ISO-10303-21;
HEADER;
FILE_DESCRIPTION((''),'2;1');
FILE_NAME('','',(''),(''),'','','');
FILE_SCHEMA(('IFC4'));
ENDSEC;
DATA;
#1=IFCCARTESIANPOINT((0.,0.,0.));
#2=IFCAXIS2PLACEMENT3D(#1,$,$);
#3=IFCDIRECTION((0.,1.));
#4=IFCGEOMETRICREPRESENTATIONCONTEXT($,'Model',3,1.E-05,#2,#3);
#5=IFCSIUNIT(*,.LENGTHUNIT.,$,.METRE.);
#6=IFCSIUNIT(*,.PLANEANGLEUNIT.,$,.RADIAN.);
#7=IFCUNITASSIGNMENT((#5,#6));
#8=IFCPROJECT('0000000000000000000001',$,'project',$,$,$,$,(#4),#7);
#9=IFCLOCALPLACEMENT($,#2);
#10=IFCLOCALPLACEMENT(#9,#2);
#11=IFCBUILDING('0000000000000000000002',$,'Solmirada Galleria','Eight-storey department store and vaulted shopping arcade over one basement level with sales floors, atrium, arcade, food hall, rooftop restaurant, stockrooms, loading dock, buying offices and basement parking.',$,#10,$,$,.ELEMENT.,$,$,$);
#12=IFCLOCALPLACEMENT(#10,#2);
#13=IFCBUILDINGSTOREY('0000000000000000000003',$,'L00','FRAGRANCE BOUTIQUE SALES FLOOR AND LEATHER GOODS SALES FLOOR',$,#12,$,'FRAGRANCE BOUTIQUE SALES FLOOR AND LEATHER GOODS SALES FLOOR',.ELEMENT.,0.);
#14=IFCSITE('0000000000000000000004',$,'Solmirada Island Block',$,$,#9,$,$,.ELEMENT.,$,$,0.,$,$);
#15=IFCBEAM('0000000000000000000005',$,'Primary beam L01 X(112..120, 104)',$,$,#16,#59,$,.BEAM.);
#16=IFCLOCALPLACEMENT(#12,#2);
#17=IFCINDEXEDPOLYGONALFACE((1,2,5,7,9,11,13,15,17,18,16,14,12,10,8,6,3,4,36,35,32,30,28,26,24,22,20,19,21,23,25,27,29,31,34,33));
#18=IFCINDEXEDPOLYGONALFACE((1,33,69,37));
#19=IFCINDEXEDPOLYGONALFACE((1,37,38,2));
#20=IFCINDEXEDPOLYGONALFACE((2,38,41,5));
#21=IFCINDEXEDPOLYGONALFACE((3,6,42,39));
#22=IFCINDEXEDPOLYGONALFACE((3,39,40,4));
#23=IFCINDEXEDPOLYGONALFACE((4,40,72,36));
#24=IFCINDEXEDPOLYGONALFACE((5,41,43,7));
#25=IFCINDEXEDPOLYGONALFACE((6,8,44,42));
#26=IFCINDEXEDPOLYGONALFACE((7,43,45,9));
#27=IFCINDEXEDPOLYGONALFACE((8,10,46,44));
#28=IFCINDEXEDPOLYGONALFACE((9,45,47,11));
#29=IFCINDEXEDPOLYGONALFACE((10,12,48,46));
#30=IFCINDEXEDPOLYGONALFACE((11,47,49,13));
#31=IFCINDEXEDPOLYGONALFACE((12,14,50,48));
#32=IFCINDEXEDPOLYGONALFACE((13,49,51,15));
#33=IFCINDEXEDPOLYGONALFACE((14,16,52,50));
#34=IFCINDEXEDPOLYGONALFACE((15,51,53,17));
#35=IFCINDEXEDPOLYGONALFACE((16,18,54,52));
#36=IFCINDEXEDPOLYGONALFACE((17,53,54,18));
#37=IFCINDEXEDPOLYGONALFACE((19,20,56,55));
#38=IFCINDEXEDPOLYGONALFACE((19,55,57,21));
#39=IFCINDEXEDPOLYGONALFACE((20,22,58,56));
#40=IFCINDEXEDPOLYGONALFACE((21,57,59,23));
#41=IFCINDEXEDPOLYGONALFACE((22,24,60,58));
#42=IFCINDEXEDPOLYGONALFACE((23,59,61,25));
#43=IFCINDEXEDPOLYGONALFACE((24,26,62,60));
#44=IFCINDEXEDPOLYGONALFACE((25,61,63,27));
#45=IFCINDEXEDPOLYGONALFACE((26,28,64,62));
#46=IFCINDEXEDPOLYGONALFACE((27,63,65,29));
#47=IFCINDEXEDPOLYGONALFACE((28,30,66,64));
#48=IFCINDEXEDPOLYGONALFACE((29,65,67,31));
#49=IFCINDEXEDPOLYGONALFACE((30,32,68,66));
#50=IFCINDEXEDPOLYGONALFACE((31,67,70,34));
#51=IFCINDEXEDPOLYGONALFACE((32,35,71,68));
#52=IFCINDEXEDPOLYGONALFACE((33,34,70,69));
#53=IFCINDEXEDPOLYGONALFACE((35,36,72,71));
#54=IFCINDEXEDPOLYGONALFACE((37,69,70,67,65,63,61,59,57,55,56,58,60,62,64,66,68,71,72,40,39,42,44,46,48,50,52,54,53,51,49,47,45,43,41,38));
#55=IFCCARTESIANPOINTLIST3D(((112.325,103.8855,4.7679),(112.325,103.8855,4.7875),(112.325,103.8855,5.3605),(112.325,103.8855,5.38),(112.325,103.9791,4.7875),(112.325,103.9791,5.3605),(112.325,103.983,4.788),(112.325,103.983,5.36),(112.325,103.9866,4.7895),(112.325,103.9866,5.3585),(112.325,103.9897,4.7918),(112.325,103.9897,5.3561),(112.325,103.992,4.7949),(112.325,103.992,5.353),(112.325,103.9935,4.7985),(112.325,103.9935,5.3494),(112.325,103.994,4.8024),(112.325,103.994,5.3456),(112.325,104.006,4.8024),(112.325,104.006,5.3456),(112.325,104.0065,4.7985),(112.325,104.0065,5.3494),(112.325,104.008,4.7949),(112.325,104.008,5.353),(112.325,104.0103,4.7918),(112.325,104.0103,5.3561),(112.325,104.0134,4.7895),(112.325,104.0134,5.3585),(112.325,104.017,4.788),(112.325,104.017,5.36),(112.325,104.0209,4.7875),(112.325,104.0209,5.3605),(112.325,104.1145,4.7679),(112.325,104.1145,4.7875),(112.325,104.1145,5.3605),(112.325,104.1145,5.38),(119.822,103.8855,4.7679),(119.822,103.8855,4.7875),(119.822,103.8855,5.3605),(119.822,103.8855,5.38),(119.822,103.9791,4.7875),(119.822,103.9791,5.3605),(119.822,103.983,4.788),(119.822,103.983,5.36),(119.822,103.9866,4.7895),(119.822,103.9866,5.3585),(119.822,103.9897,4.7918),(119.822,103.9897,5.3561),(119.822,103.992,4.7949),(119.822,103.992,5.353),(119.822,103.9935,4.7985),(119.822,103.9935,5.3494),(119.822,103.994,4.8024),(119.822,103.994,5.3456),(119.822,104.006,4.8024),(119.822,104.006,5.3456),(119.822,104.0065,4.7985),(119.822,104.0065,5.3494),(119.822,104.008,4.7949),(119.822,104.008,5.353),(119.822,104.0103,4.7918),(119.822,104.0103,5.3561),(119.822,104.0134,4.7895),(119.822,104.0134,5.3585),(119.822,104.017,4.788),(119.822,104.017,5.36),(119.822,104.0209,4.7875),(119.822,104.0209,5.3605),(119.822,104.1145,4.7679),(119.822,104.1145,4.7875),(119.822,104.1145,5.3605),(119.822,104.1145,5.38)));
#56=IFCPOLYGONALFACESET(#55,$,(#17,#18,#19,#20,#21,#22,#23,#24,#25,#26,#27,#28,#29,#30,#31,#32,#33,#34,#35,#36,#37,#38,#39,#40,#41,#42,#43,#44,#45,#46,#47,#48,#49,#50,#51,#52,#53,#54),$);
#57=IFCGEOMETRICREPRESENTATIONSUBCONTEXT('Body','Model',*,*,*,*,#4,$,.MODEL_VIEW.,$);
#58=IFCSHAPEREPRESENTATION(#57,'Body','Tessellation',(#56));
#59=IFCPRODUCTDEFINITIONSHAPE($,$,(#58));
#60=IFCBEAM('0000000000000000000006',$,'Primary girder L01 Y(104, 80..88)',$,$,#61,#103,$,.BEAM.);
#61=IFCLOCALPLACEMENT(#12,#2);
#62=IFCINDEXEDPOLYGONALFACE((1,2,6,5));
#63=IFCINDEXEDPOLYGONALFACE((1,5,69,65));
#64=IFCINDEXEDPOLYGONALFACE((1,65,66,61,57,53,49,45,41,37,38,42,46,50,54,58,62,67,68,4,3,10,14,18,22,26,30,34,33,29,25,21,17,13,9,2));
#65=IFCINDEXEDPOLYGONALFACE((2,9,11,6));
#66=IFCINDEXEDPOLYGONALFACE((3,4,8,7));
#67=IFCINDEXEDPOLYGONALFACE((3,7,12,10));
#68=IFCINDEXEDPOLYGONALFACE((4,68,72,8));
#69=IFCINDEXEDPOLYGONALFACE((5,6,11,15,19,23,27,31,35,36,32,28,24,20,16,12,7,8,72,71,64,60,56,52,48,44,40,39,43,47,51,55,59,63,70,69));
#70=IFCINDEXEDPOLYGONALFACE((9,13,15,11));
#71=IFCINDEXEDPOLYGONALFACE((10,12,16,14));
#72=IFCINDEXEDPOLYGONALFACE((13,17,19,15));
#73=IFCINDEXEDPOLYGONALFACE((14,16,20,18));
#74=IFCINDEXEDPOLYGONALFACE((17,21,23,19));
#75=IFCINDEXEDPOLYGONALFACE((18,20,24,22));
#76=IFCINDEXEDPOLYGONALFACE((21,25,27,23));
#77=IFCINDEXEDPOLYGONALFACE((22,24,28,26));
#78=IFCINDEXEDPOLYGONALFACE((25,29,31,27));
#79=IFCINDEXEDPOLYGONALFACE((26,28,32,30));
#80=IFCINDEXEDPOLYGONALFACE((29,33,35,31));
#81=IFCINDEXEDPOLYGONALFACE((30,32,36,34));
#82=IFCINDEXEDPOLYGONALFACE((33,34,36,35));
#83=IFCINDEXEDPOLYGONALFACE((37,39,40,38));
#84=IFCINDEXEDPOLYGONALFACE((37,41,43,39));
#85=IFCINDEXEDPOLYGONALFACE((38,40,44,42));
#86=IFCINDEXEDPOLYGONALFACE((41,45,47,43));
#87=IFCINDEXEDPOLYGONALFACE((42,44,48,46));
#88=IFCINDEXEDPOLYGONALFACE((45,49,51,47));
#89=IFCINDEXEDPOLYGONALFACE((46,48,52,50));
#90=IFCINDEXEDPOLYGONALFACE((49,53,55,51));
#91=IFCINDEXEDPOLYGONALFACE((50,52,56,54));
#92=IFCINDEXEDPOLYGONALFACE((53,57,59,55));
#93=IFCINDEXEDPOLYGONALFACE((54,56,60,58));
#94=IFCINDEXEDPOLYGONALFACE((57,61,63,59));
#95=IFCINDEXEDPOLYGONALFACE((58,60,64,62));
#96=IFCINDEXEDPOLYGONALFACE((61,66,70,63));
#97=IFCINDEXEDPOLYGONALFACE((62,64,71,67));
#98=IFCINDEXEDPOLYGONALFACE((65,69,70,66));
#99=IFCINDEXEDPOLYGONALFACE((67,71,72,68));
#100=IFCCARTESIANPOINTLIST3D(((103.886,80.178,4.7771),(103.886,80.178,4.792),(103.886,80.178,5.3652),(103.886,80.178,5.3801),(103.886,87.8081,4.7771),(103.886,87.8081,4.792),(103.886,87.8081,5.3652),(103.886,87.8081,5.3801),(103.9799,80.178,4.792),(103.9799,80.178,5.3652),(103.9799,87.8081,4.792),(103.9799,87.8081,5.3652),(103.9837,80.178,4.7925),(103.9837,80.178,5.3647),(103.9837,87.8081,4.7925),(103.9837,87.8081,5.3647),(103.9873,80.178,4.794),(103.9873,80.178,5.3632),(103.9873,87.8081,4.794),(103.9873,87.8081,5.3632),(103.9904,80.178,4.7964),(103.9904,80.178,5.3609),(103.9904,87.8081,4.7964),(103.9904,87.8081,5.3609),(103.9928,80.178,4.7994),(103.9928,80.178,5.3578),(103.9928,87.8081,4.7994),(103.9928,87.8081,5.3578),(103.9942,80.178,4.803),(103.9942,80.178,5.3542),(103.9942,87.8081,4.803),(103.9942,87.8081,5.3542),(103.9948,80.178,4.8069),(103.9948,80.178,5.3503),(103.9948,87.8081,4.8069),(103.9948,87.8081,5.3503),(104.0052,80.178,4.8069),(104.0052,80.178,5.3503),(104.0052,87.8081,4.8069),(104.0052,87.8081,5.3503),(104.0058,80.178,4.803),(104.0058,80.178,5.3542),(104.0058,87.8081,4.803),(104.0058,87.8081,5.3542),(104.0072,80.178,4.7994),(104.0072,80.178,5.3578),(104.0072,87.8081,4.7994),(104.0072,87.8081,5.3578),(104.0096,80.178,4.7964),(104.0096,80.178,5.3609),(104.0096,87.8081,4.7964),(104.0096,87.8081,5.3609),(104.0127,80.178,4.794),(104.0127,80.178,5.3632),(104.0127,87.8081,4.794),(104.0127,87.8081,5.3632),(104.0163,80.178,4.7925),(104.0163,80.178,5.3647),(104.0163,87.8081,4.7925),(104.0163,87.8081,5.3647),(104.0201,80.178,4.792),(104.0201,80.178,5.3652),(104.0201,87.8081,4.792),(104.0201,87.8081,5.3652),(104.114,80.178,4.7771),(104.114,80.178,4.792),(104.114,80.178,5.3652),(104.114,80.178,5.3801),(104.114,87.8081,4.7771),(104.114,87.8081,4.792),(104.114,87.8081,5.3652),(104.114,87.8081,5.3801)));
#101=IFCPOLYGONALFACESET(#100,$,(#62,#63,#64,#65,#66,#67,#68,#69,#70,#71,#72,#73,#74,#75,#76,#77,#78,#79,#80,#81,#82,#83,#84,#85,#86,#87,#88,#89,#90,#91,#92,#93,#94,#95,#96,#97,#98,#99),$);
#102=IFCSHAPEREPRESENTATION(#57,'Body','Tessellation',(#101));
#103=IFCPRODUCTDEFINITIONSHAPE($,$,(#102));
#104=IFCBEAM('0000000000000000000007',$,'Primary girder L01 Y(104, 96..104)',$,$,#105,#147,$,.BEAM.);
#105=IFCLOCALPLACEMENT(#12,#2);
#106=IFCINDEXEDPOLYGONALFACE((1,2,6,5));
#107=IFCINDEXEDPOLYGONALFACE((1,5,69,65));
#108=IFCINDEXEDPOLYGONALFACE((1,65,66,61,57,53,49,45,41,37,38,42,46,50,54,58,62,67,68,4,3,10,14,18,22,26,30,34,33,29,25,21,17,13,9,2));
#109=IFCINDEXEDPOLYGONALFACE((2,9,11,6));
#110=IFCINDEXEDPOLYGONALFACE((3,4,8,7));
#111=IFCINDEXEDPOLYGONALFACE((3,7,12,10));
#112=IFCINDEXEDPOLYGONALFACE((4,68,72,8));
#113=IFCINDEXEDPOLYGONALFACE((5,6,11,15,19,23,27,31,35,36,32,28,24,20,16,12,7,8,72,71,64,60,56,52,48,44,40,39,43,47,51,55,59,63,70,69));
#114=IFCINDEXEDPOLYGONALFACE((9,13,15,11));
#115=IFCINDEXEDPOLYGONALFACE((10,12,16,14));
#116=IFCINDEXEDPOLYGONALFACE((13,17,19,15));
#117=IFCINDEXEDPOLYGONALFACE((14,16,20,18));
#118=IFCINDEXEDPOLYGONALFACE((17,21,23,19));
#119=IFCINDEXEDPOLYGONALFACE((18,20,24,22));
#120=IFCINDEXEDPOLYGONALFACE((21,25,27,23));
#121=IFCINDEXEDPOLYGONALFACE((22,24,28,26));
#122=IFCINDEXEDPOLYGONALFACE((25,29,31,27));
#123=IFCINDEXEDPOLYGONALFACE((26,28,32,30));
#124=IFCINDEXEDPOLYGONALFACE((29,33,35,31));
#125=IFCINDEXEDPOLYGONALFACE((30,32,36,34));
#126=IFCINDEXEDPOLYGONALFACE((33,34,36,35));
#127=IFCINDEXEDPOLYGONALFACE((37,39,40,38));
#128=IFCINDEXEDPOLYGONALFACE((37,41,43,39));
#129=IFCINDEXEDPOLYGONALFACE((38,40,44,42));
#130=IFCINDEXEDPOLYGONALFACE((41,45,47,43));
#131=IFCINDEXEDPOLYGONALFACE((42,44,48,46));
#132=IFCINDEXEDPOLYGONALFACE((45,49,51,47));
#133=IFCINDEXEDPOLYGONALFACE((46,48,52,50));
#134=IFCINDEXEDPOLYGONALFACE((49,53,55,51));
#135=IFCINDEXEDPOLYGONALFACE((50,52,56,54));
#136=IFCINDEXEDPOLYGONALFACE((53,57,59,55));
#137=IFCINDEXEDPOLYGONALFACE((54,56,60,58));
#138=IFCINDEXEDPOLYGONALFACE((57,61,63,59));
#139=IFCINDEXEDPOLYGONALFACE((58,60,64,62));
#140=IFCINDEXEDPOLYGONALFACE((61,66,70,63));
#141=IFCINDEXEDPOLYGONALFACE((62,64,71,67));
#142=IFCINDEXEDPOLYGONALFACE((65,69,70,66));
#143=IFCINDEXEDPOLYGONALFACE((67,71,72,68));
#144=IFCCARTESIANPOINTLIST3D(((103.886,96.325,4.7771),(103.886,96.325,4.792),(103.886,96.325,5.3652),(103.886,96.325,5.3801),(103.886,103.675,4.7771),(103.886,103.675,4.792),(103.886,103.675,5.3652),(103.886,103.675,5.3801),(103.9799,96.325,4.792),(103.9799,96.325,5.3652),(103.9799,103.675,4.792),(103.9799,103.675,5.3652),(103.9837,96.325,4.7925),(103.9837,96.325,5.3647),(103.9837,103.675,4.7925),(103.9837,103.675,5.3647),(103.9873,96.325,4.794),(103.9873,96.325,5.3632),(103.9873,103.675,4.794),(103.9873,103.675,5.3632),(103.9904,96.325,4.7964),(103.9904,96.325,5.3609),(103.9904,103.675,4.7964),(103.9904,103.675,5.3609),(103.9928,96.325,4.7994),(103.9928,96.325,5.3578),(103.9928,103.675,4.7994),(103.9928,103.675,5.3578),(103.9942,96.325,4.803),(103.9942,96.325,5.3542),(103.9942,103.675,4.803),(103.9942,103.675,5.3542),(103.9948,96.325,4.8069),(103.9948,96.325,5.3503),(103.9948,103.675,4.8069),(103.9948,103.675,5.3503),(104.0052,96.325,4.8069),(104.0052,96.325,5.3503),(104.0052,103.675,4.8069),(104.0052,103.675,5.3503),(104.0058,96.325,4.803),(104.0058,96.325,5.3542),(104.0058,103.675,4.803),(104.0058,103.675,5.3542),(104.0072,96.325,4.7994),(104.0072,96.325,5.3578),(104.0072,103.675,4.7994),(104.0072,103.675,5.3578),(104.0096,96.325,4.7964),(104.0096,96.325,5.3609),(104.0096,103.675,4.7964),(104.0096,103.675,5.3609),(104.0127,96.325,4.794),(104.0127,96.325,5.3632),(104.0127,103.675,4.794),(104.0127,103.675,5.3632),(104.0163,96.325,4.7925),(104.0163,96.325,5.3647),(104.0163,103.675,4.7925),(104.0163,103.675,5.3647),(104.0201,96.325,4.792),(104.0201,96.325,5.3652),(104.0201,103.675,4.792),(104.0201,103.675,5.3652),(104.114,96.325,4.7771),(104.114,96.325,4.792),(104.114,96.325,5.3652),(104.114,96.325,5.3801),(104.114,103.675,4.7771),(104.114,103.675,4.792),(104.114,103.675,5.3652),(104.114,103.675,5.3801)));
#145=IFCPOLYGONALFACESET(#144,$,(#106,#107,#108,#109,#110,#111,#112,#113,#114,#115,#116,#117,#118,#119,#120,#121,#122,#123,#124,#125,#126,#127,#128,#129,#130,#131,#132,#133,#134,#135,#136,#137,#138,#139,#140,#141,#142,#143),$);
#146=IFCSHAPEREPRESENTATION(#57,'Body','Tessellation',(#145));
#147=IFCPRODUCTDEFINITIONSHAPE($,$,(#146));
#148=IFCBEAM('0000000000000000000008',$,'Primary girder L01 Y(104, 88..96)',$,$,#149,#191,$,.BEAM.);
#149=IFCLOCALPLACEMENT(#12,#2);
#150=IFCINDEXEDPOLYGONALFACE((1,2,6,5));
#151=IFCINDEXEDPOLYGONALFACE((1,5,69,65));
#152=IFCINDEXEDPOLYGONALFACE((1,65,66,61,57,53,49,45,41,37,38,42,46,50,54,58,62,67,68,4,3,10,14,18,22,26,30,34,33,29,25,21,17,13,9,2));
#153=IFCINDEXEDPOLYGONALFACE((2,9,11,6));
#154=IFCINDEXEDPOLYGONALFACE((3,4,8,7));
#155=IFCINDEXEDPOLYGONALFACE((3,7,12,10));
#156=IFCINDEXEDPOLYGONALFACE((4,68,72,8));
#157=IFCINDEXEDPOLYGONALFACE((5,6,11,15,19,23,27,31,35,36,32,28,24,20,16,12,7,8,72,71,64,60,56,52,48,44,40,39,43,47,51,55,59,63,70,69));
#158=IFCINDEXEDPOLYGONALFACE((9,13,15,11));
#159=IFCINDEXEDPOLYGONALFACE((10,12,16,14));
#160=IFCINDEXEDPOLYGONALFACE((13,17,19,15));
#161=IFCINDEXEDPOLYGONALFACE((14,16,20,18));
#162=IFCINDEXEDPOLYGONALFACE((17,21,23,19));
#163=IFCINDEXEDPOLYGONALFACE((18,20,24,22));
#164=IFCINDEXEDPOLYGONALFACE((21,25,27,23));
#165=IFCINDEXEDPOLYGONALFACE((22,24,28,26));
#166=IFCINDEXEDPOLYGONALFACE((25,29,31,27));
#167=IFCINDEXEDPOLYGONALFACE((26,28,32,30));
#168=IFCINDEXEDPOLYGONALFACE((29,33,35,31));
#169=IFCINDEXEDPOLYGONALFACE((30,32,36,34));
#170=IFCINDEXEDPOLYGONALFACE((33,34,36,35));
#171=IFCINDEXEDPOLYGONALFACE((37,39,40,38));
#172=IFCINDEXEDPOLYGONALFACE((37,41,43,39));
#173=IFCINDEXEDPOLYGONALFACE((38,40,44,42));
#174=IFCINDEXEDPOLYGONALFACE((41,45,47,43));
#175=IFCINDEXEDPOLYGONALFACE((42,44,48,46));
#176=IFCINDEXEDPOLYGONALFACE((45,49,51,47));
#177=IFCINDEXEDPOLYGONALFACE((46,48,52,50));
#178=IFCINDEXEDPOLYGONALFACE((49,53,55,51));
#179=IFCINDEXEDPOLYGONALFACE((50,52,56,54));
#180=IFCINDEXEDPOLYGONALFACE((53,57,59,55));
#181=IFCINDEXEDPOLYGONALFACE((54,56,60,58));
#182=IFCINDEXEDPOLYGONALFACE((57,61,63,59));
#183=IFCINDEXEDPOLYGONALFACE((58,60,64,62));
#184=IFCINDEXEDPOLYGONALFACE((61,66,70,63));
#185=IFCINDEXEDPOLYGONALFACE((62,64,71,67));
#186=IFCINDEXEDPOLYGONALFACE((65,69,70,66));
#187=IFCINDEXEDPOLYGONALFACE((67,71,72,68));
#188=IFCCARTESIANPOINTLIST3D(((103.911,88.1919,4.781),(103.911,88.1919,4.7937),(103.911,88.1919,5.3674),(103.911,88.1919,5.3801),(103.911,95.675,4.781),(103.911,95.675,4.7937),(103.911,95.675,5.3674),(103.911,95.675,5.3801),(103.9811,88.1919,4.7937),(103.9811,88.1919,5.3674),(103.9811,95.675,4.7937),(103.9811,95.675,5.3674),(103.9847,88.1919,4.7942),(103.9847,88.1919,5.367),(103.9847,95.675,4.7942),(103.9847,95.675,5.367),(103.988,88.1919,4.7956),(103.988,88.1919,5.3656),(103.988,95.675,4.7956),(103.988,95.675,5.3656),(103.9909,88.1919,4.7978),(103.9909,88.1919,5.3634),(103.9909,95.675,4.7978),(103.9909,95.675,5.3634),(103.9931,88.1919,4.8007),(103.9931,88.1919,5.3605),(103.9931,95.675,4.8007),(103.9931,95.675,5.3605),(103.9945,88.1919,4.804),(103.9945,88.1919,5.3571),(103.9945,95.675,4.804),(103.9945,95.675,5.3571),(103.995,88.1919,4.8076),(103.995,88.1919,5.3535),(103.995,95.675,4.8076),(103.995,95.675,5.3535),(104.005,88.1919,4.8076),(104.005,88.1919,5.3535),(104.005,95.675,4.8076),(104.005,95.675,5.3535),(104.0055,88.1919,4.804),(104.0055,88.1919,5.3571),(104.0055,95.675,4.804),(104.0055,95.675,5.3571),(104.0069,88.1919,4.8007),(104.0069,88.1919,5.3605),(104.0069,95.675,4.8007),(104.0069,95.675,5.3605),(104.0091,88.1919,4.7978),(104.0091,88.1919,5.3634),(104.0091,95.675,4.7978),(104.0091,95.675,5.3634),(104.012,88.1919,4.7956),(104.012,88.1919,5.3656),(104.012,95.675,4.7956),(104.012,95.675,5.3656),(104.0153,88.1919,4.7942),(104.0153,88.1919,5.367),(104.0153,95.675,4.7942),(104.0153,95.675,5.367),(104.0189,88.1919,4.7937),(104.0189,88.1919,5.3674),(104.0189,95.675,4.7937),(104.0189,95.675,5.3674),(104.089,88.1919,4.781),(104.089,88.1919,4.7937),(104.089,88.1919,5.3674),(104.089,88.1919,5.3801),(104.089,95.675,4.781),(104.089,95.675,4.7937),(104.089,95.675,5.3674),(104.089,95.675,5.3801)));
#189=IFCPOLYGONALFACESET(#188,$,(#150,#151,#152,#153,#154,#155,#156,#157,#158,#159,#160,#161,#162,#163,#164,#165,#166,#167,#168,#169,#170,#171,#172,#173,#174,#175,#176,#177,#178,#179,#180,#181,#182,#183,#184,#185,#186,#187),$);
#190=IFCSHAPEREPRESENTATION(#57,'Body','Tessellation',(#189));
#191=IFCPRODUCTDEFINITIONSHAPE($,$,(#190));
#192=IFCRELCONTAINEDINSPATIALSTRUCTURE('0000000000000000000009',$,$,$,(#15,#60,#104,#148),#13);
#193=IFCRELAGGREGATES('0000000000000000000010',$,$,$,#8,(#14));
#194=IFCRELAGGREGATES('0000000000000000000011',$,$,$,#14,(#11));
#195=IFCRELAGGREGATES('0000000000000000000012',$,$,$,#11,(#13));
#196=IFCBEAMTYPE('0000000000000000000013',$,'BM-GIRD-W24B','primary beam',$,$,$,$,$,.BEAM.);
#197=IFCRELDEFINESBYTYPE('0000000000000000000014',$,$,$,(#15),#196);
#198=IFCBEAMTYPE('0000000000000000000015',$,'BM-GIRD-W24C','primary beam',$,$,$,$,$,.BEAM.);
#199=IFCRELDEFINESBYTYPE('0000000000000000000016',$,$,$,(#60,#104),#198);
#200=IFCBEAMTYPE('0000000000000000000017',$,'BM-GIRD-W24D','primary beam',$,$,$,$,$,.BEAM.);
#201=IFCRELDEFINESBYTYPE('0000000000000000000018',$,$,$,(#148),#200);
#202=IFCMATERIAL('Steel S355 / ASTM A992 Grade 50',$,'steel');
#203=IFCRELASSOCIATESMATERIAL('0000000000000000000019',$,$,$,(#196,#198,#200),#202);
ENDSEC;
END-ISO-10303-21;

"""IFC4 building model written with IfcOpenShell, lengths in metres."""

from ifc_helpers import new_model, si_unit, direction, frame, origin, origin_2d, place, context, subcontext, project, spatial, i_section, extrude, material, material_profile, profile_set, type_object, element, save


model = new_model("IFC4")

# Units and contexts
model_context = context("Model", 3, precision=1e-05, world=origin(), true_north=direction((0.0, 1.0)))
body_context = subcontext(model_context, "Body", "Model", "MODEL_VIEW")
ifc_project = project(units=[si_unit("LENGTHUNIT", "METRE"), si_unit("PLANEANGLEUNIT", "RADIAN")], contexts=[model_context])

# Site, building, storey
site_placement = place(None, origin())
site = spatial("IfcSite", under=ifc_project, at=site_placement, Name="Solmirada Island Block", CompositionType="ELEMENT", RefElevation=0.0)
building_placement = place(site_placement, origin())
building = spatial("IfcBuilding", under=site, at=building_placement, Name="Solmirada Galleria", Description="Eight-storey department store and vaulted shopping arcade over one basement level with sales floors, atrium, arcade, food hall, rooftop restaurant, stockrooms, loading dock, buying offices and basement parking.", CompositionType="ELEMENT")
storey_placement = place(building_placement, origin())
storey = spatial("IfcBuildingStorey", under=building, at=storey_placement, Name="L00", Description="FRAGRANCE BOUTIQUE SALES FLOOR AND LEATHER GOODS SALES FLOOR", LongName="FRAGRANCE BOUTIQUE SALES FLOOR AND LEATHER GOODS SALES FLOOR", CompositionType="ELEMENT", Elevation=0.0)

# Beams
ifc_material_1 = material(Name="Steel S355 / ASTM A992 Grade 50", Category="steel")
ifc_material_profile_1 = material_profile(ifc_material_1, i_section(OverallWidth=0.229, OverallDepth=0.6121, WebThickness=0.012, FlangeThickness=0.0195, FilletRadius=0.0149, at=origin_2d()), Name="W24X84")
ifc_profile_set_1 = profile_set([ifc_material_profile_1], Name="Steel S355 / ASTM A992 Grade 50")
beam_type_1 = type_object("IfcBeamType", Name="BM-GIRD-W24B", Description="primary beam", PredefinedType="BEAM", material=ifc_profile_set_1)
beam_1_placement = place(storey_placement, frame((112.325, 104.0, 5.074), z_axis=(1.0, 0.0, 0.0), x_axis=(0.0, 1.0, 0.0)))
element("IfcBeam", 1, at=beam_1_placement, inside=storey, type_object=beam_type_1, Name="Primary beam L01 X(112..120, 104)", PredefinedType="BEAM", context=body_context, shape_type="SweptSolid", body=[
    extrude(i_section(OverallWidth=0.229, OverallDepth=0.6121, WebThickness=0.012, FlangeThickness=0.0195, FilletRadius=0.0149, at=origin_2d()), origin(), (0.0, 0.0, 1.0), 7.4971),
])
ifc_material_profile_2 = material_profile(ifc_material_1, i_section(OverallWidth=0.228, OverallDepth=0.603, WebThickness=0.0105, FlangeThickness=0.0149, FilletRadius=0.0149, at=origin_2d()), Name="W24X68")
ifc_profile_set_2 = profile_set([ifc_material_profile_2], Name="Steel S355 / ASTM A992 Grade 50")
beam_type_2 = type_object("IfcBeamType", Name="BM-GIRD-W24C", Description="primary beam", PredefinedType="BEAM", material=ifc_profile_set_2)
beam_2_placement = place(storey_placement, frame((104.0, 80.178, 5.0786), z_axis=(0.0, 1.0, 0.0), x_axis=(-1.0, 0.0, 0.0)))
element("IfcBeam", 2, at=beam_2_placement, inside=storey, type_object=beam_type_2, Name="Primary girder L01 Y(104, 80..88)", PredefinedType="BEAM", context=body_context, shape_type="SweptSolid", body=[
    extrude(i_section(OverallWidth=0.228, OverallDepth=0.603, WebThickness=0.0105, FlangeThickness=0.0149, FilletRadius=0.0149, at=origin_2d()), origin(), (0.0, 0.0, 1.0), 7.6301),
])
beam_3_placement = place(storey_placement, frame((104.0, 96.325, 5.0786), z_axis=(0.0, 1.0, 0.0), x_axis=(-1.0, 0.0, 0.0)))
element("IfcBeam", 3, at=beam_3_placement, inside=storey, type_object=beam_type_2, Name="Primary girder L01 Y(104, 96..104)", PredefinedType="BEAM", context=body_context, shape_type="SweptSolid", body=[
    extrude(i_section(OverallWidth=0.228, OverallDepth=0.603, WebThickness=0.0105, FlangeThickness=0.0149, FilletRadius=0.0149, at=origin_2d()), origin(), (0.0, 0.0, 1.0), 7.3501),
])
ifc_material_profile_3 = material_profile(ifc_material_1, i_section(OverallWidth=0.178, OverallDepth=0.5991, WebThickness=0.01, FlangeThickness=0.0127, FilletRadius=0.0139, at=origin_2d()), Name="W24X55")
ifc_profile_set_3 = profile_set([ifc_material_profile_3], Name="Steel S355 / ASTM A992 Grade 50")
beam_type_3 = type_object("IfcBeamType", Name="BM-GIRD-W24D", Description="primary beam", PredefinedType="BEAM", material=ifc_profile_set_3)
beam_4_placement = place(storey_placement, frame((104.0, 88.1919, 5.0806), z_axis=(0.0, 1.0, 0.0), x_axis=(-1.0, 0.0, 0.0)))
element("IfcBeam", 4, at=beam_4_placement, inside=storey, type_object=beam_type_3, Name="Primary girder L01 Y(104, 88..96)", PredefinedType="BEAM", context=body_context, shape_type="SweptSolid", body=[
    extrude(i_section(OverallWidth=0.178, OverallDepth=0.5991, WebThickness=0.01, FlangeThickness=0.0127, FilletRadius=0.0139, at=origin_2d()), origin(), (0.0, 0.0, 1.0), 7.4832),
])

save(model, "model.ifc")
